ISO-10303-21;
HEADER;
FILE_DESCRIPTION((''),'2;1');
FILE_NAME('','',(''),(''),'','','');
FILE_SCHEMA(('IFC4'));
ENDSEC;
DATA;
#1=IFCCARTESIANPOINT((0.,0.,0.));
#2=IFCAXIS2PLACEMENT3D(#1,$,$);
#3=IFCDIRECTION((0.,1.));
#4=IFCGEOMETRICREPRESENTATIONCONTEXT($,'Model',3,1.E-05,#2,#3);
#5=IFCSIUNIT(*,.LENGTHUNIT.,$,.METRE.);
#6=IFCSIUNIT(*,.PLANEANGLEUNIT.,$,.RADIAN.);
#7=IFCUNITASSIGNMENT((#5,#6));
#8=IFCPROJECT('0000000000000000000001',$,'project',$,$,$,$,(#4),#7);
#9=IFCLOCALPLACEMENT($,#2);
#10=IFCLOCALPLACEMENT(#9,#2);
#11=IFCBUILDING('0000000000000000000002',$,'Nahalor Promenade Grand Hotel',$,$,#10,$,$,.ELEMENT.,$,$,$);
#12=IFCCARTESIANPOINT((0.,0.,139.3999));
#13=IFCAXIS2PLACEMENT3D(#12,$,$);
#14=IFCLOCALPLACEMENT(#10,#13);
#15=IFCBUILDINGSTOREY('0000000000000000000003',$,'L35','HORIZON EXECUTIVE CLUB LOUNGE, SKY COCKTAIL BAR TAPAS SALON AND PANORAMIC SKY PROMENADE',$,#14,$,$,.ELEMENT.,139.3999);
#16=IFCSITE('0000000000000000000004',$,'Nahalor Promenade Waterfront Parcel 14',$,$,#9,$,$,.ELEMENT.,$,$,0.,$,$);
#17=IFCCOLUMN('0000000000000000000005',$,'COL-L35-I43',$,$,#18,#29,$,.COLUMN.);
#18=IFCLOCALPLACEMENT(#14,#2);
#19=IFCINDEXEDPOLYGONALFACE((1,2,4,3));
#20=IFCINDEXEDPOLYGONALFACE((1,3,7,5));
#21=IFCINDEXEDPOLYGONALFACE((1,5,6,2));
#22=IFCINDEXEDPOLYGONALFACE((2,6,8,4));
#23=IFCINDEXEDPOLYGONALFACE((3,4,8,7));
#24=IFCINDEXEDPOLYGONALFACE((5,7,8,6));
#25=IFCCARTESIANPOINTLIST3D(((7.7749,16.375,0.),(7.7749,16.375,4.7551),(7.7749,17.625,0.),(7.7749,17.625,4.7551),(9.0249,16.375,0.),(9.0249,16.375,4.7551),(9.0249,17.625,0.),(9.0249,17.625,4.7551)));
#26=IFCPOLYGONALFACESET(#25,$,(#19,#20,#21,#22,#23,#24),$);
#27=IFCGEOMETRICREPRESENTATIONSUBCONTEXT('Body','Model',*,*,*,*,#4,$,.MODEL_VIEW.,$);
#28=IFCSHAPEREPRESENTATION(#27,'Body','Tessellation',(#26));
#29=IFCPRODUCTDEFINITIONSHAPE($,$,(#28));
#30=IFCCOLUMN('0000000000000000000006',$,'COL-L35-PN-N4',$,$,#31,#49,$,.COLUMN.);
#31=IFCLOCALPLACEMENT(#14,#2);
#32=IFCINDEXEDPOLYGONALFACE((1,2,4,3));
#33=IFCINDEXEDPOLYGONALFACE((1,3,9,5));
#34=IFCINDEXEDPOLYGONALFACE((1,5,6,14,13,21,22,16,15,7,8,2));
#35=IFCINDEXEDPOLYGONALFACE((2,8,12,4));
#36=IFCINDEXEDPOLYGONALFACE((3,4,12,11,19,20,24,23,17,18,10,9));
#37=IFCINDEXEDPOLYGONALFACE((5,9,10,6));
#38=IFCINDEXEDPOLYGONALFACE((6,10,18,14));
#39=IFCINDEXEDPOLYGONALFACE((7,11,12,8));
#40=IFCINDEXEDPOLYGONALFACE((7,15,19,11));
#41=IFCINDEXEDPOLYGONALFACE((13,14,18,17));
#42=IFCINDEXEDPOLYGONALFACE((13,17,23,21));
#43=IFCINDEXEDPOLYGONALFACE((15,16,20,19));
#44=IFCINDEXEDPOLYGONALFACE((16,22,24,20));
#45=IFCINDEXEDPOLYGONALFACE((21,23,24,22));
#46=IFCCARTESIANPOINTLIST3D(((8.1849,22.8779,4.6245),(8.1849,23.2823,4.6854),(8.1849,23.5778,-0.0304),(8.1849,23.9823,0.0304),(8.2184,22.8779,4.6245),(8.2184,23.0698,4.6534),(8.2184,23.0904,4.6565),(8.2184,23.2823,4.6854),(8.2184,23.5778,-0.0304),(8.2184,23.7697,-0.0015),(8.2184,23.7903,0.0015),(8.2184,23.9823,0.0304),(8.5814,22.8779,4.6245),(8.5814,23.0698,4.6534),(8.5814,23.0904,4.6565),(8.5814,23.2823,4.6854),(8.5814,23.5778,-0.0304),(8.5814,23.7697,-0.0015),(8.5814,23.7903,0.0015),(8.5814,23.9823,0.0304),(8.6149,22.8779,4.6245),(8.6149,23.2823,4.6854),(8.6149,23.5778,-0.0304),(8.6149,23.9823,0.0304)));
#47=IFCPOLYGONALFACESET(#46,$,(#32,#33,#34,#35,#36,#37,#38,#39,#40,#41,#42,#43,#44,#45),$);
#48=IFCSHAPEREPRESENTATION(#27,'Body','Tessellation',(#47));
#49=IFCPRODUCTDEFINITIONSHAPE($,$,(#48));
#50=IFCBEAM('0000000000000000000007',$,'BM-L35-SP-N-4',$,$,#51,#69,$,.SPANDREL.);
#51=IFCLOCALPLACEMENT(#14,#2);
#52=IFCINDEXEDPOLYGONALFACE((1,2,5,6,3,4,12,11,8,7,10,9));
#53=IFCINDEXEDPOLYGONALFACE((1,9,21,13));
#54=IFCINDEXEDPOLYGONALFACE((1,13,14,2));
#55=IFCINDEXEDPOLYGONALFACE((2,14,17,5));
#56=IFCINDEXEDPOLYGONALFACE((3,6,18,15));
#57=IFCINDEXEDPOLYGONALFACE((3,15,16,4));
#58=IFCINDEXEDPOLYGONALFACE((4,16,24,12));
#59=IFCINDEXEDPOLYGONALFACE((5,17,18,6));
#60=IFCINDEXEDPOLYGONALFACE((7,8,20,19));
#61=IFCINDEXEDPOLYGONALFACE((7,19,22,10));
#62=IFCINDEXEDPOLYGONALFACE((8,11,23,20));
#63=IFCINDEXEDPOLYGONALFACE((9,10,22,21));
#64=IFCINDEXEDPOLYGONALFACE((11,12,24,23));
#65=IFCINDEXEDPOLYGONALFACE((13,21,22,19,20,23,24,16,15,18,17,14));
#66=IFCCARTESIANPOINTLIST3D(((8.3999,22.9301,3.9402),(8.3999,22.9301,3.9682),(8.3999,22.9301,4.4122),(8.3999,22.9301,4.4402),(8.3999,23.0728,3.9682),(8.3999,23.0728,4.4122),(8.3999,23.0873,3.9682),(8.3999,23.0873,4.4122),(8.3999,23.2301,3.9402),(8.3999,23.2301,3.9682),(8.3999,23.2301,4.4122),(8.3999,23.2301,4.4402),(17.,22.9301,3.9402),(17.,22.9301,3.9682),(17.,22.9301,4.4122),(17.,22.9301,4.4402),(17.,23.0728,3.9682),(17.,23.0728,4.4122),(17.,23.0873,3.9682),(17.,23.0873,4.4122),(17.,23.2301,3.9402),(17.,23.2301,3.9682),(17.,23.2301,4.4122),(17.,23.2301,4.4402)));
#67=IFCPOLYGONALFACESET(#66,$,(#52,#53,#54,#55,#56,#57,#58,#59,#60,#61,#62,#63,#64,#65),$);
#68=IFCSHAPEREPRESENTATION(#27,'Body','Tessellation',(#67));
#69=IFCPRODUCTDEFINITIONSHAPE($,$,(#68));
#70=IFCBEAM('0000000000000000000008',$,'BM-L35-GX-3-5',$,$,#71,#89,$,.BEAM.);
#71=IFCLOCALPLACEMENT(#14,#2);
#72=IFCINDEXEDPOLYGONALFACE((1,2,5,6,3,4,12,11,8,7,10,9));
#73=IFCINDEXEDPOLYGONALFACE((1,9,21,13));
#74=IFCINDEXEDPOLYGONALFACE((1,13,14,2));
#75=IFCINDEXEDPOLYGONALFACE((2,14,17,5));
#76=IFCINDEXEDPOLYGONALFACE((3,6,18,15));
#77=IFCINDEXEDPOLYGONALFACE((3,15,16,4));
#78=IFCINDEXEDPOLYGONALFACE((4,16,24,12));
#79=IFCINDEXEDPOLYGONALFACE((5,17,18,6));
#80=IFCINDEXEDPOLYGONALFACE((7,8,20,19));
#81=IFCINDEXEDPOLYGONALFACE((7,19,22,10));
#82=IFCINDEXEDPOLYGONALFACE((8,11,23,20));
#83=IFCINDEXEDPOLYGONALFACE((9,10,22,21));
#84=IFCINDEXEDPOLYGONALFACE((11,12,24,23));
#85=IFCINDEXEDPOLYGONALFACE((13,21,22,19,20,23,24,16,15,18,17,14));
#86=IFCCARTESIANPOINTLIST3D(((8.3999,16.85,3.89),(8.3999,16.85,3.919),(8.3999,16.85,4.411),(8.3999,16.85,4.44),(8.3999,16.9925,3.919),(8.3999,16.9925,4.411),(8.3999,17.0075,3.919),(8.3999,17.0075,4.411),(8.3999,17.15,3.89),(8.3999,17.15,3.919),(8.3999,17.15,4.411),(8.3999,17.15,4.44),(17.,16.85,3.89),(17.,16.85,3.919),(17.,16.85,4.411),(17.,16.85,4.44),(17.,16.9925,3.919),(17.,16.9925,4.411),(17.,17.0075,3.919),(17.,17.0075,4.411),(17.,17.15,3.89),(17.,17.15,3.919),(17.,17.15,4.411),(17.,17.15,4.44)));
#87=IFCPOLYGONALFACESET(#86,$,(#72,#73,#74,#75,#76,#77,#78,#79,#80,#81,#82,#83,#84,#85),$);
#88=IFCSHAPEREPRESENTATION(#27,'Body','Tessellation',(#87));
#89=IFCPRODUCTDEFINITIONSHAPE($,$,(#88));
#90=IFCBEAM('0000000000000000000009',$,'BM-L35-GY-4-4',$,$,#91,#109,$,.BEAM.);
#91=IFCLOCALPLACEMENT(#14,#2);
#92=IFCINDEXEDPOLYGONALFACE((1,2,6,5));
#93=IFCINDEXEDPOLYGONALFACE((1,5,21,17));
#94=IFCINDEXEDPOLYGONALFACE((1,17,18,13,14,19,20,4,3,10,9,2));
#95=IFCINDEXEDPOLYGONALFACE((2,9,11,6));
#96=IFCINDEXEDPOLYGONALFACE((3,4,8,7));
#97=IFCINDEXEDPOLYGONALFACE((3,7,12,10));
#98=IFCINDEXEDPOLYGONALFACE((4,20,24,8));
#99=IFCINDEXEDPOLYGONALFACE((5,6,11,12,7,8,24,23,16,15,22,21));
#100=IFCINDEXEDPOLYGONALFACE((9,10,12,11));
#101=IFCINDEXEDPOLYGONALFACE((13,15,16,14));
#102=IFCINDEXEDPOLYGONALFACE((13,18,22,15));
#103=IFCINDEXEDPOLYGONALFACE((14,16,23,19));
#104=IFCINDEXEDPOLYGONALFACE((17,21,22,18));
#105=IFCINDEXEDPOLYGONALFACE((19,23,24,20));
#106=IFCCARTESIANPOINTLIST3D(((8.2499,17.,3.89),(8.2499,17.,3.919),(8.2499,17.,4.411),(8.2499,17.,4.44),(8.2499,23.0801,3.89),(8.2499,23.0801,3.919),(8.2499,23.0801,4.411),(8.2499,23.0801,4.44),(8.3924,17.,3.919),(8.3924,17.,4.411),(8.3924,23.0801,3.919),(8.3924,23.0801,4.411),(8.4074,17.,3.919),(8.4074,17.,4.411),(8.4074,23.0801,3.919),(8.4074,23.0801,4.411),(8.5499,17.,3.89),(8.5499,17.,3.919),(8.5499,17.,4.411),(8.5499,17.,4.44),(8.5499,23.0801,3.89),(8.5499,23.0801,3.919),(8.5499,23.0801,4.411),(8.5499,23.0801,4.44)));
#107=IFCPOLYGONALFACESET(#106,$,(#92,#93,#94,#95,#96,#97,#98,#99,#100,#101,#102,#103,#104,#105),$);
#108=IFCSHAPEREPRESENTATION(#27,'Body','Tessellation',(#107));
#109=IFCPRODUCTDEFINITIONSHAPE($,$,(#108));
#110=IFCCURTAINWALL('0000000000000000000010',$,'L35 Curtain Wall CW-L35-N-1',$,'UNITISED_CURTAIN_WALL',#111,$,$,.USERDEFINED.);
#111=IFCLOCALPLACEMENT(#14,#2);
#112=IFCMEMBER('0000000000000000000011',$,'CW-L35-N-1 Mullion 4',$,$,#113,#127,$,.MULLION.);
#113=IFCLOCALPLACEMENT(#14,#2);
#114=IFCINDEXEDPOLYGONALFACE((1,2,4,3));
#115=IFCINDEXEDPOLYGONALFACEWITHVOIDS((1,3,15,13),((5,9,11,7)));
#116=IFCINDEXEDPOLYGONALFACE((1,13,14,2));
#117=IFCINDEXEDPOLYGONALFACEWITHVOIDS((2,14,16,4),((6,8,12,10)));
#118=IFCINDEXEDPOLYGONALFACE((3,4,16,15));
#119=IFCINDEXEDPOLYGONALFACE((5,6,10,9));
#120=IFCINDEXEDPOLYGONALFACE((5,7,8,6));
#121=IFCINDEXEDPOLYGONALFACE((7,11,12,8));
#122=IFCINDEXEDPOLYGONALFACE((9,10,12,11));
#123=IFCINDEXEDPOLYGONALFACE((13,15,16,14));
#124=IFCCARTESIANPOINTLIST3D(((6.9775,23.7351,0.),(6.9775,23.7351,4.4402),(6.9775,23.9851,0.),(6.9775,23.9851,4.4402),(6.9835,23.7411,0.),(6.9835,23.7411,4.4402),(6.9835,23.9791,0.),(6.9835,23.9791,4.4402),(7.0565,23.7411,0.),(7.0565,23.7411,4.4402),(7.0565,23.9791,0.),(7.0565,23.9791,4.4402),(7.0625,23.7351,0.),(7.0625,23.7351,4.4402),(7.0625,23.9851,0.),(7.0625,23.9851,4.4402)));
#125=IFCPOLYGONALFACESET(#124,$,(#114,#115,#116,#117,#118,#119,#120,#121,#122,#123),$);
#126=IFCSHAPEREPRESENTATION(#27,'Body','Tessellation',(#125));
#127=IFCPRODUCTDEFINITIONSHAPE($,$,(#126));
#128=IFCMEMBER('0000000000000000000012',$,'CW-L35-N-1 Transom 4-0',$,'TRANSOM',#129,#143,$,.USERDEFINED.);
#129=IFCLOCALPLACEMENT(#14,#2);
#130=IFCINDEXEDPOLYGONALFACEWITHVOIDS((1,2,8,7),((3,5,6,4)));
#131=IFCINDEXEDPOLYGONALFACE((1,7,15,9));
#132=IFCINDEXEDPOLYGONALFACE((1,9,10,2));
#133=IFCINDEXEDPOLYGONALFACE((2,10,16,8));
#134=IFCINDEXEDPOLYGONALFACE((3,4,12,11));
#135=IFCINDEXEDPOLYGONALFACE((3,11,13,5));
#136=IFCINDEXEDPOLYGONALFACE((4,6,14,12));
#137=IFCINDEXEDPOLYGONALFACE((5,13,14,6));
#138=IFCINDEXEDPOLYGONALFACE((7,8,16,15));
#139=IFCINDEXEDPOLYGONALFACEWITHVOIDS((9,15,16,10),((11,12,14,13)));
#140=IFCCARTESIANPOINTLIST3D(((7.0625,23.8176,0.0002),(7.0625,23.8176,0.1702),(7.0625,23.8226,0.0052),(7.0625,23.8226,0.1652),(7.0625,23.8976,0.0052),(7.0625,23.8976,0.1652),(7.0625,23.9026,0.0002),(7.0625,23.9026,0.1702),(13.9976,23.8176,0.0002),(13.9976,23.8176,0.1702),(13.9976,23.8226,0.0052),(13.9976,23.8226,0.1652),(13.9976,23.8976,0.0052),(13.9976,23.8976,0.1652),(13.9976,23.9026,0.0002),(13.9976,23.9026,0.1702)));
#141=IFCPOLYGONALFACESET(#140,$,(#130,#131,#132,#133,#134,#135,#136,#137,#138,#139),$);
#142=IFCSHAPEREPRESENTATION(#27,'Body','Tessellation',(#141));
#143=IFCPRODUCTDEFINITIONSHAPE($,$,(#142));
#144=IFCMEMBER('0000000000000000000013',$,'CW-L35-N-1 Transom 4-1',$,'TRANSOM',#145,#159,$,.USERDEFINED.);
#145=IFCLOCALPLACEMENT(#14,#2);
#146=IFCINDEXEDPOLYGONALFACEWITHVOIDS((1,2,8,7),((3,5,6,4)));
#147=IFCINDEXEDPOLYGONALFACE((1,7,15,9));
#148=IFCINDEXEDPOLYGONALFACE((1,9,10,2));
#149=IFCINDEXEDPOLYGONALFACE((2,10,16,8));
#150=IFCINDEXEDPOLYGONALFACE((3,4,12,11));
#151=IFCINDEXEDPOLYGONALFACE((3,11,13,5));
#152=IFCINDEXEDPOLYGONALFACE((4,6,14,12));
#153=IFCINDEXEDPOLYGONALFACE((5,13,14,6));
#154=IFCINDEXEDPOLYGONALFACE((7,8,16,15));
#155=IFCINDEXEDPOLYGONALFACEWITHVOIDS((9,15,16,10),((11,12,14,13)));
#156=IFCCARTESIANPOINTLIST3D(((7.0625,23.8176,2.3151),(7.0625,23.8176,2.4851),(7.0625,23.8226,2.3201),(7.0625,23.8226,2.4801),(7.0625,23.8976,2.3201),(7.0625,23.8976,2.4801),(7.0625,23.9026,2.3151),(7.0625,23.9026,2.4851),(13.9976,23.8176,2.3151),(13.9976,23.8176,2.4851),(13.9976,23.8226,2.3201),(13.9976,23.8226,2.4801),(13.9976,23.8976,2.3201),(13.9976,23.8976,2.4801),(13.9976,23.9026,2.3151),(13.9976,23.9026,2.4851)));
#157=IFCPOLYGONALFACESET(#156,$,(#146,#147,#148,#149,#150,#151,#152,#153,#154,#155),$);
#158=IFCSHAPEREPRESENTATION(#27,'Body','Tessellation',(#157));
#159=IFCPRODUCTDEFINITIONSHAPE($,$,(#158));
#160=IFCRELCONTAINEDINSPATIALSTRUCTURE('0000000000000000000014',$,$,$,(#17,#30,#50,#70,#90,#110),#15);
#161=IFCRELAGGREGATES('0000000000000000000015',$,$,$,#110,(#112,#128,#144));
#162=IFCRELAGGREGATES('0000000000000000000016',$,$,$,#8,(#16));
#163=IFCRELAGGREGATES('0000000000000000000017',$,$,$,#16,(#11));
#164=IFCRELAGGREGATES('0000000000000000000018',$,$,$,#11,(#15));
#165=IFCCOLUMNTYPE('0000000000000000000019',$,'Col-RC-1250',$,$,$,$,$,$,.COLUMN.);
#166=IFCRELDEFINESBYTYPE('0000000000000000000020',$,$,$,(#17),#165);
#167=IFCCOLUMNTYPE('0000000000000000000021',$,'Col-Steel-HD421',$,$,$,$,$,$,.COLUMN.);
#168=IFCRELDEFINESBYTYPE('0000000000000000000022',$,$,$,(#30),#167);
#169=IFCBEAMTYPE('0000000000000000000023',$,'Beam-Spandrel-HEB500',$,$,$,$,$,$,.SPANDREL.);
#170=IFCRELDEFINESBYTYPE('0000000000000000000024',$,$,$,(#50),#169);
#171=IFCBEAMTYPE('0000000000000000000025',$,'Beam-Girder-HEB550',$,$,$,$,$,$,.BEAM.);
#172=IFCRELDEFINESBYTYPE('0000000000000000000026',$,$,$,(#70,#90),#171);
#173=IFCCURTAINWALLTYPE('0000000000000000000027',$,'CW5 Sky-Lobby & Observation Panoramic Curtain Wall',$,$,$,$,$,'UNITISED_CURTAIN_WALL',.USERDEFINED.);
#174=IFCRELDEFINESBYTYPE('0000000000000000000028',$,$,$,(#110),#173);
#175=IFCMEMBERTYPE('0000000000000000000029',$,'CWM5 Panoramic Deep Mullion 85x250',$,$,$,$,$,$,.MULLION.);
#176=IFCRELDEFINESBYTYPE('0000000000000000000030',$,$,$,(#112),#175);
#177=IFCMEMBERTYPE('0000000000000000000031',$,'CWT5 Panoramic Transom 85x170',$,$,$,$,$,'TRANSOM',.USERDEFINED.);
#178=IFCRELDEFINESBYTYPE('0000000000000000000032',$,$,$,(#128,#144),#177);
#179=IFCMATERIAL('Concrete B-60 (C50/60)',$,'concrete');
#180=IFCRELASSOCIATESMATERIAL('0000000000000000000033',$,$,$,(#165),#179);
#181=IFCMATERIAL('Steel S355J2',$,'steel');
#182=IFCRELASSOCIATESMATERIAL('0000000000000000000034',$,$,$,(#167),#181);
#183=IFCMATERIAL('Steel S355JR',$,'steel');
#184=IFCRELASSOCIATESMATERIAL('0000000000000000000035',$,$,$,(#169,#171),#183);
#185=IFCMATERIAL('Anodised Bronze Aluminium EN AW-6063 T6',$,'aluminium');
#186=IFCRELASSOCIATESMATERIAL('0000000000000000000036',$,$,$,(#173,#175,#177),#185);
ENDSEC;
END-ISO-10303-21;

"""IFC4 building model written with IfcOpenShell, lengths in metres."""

from ifc_helpers import new_model, si_unit, direction, frame, origin, origin_2d, place, context, subcontext, project, spatial, rectangle, hollow_rectangle, i_section, extrude, source, transform, mapped, material, material_profile, profile_set, type_object, element, aggregate, save


model = new_model("IFC4")

# Units and contexts
model_context = context("Model", 3, precision=1e-05, world=origin(), true_north=direction((0.0, 1.0)))
body_context = subcontext(model_context, "Body", "Model", "MODEL_VIEW")
ifc_project = project(units=[si_unit("LENGTHUNIT", "METRE"), si_unit("PLANEANGLEUNIT", "RADIAN")], contexts=[model_context])

# Site, building, storey
site_placement = place(None, origin())
site = spatial("IfcSite", under=ifc_project, at=site_placement, Name="Nahalor Promenade Waterfront Parcel 14", CompositionType="ELEMENT", RefElevation=0.0)
building_placement = place(site_placement, origin())
building = spatial("IfcBuilding", under=site, at=building_placement, Name="Nahalor Promenade Grand Hotel", CompositionType="ELEMENT")
storey_placement = place(building_placement, frame((0.0, 0.0, 139.3999)))
storey = spatial("IfcBuildingStorey", under=building, at=storey_placement, Name="L35", Description="HORIZON EXECUTIVE CLUB LOUNGE, SKY COCKTAIL BAR TAPAS SALON AND PANORAMIC SKY PROMENADE", CompositionType="ELEMENT", Elevation=139.3999)

# Columns
ifc_material_1 = material(Name="Concrete B-60 (C50/60)", Category="concrete")
ifc_material_profile_1 = material_profile(ifc_material_1, rectangle(XDim=1.25, YDim=1.25, at=origin_2d()), Name="RC 1250x1250")
ifc_profile_set_1 = profile_set([ifc_material_profile_1], Name="Concrete B-60 (C50/60)")
column_type_1 = type_object("IfcColumnType", Name="Col-RC-1250", PredefinedType="COLUMN", material=ifc_profile_set_1)
shared_shape_1 = source(origin(), body_context, "Body", "SweptSolid", [
    extrude(rectangle(XDim=1.25, YDim=1.25, at=origin_2d()), origin(), (0.0, 0.0, 1.0), 4.7551),
])
column_1_placement = place(storey_placement, frame((8.3999, 17.0, 0.0), z_axis=(0.0, 0.0, 1.0), x_axis=(1.0, 0.0, 0.0)))
element("IfcColumn", 1, at=column_1_placement, inside=storey, type_object=column_type_1, Name="COL-L35-I43", PredefinedType="COLUMN", context=body_context, shape_type="MappedRepresentation", body=[
    mapped(shared_shape_1, transform((0.0, 0.0, 0.0), scale=1.0)),
])
ifc_material_2 = material(Name="Steel S355J2", Category="steel")
ifc_material_profile_2 = material_profile(ifc_material_2, i_section(OverallWidth=0.409, OverallDepth=0.43, WebThickness=0.0208, FlangeThickness=0.0335, at=origin_2d()), Name="HD 400x421")
ifc_profile_set_2 = profile_set([ifc_material_profile_2], Name="Steel S355J2")
column_type_2 = type_object("IfcColumnType", Name="Col-Steel-HD421", PredefinedType="COLUMN", material=ifc_profile_set_2)
shared_shape_2 = source(origin(), body_context, "Body", "SweptSolid", [
    extrude(i_section(OverallWidth=0.409, OverallDepth=0.43, WebThickness=0.0208, FlangeThickness=0.0335, at=origin_2d()), origin(), (0.0, 0.0, 1.0), 4.7073),
])
column_2_placement = place(storey_placement, frame((8.3999, 23.78, 0.0), z_axis=(0.0, -0.148693, 0.988883), x_axis=(0.0, 0.988883, 0.148693)))
element("IfcColumn", 2, at=column_2_placement, inside=storey, type_object=column_type_2, Name="COL-L35-PN-N4", PredefinedType="COLUMN", context=body_context, shape_type="MappedRepresentation", body=[
    mapped(shared_shape_2, transform((0.0, 0.0, 0.0), scale=1.0)),
])

# Beams
ifc_material_3 = material(Name="Steel S355JR", Category="steel")
ifc_material_profile_3 = material_profile(ifc_material_3, i_section(OverallWidth=0.3, OverallDepth=0.5, WebThickness=0.0145, FlangeThickness=0.028, at=origin_2d()), Name="HEB 500")
ifc_profile_set_3 = profile_set([ifc_material_profile_3], Name="Steel S355JR")
beam_type_1 = type_object("IfcBeamType", Name="Beam-Spandrel-HEB500", PredefinedType="SPANDREL", material=ifc_profile_set_3)
shared_shape_3 = source(origin(), body_context, "Body", "SweptSolid", [
    extrude(i_section(OverallWidth=0.3, OverallDepth=0.5, WebThickness=0.0145, FlangeThickness=0.028, at=origin_2d()), origin(), (0.0, 0.0, 1.0), 8.6001),
])
beam_1_placement = place(storey_placement, frame((8.3999, 23.0801, 4.1902), z_axis=(1.0, 0.0, 0.0), x_axis=(0.0, 1.0, 0.0)))
element("IfcBeam", 3, at=beam_1_placement, inside=storey, type_object=beam_type_1, Name="BM-L35-SP-N-4", PredefinedType="SPANDREL", context=body_context, shape_type="MappedRepresentation", body=[
    mapped(shared_shape_3, transform((0.0, 0.0, 0.0), scale=1.0)),
])
ifc_material_profile_4 = material_profile(ifc_material_3, i_section(OverallWidth=0.3, OverallDepth=0.55, WebThickness=0.015, FlangeThickness=0.029, at=origin_2d()), Name="HEB 550")
ifc_profile_set_4 = profile_set([ifc_material_profile_4], Name="Steel S355JR")
beam_type_2 = type_object("IfcBeamType", Name="Beam-Girder-HEB550", PredefinedType="BEAM", material=ifc_profile_set_4)
shared_shape_4 = source(origin(), body_context, "Body", "SweptSolid", [
    extrude(i_section(OverallWidth=0.3, OverallDepth=0.55, WebThickness=0.015, FlangeThickness=0.029, at=origin_2d()), origin(), (0.0, 0.0, 1.0), 8.6001),
])
beam_2_placement = place(storey_placement, frame((8.3999, 17.0, 4.165), z_axis=(1.0, 0.0, 0.0), x_axis=(0.0, 1.0, 0.0)))
element("IfcBeam", 4, at=beam_2_placement, inside=storey, type_object=beam_type_2, Name="BM-L35-GX-3-5", PredefinedType="BEAM", context=body_context, shape_type="MappedRepresentation", body=[
    mapped(shared_shape_4, transform((0.0, 0.0, 0.0), scale=1.0)),
])
shared_shape_5 = source(origin(), body_context, "Body", "SweptSolid", [
    extrude(i_section(OverallWidth=0.3, OverallDepth=0.55, WebThickness=0.015, FlangeThickness=0.029, at=origin_2d()), origin(), (0.0, 0.0, 1.0), 6.0801),
])
beam_3_placement = place(storey_placement, frame((8.3999, 17.0, 4.165), z_axis=(0.0, 1.0, 0.0), x_axis=(-1.0, 0.0, 0.0)))
element("IfcBeam", 5, at=beam_3_placement, inside=storey, type_object=beam_type_2, Name="BM-L35-GY-4-4", PredefinedType="BEAM", context=body_context, shape_type="MappedRepresentation", body=[
    mapped(shared_shape_5, transform((0.0, 0.0, 0.0), scale=1.0)),
])

# Curtain wall, members
ifc_material_4 = material(Name="Anodised Bronze Aluminium EN AW-6063 T6", Category="aluminium")
curtain_wall_type = type_object("IfcCurtainWallType", Name="CW5 Sky-Lobby & Observation Panoramic Curtain Wall", ElementType="UNITISED_CURTAIN_WALL", PredefinedType="USERDEFINED", material=ifc_material_4)
curtain_wall_placement = place(storey_placement, origin())
curtain_wall = element("IfcCurtainWall", 6, at=curtain_wall_placement, inside=storey, type_object=curtain_wall_type, Name="L35 Curtain Wall CW-L35-N-1", ObjectType="UNITISED_CURTAIN_WALL", PredefinedType="USERDEFINED")
ifc_material_profile_5 = material_profile(ifc_material_4, hollow_rectangle(XDim=0.085, YDim=0.25, WallThickness=0.006, at=origin_2d()), Name="CWM 85x250x6")
ifc_profile_set_5 = profile_set([ifc_material_profile_5], Name="Anodised Bronze Aluminium EN AW-6063 T6")
member_type_1 = type_object("IfcMemberType", Name="CWM5 Panoramic Deep Mullion 85x250", PredefinedType="MULLION", material=ifc_profile_set_5)
shared_shape_6 = source(origin(), body_context, "Body", "SweptSolid", [
    extrude(hollow_rectangle(XDim=0.085, YDim=0.25, WallThickness=0.006, at=origin_2d()), origin(), (0.0, 0.0, 1.0), 4.4402),
])
member_1_placement = place(storey_placement, frame((7.02, 23.8601, 0.0), z_axis=(0.0, 0.0, 1.0), x_axis=(1.0, 0.0, 0.0)))
member_1 = element("IfcMember", 7, at=member_1_placement, type_object=member_type_1, Name="CW-L35-N-1 Mullion 4", PredefinedType="MULLION", context=body_context, shape_type="MappedRepresentation", body=[
    mapped(shared_shape_6, transform((0.0, 0.0, 0.0), scale=1.0)),
])
ifc_material_profile_6 = material_profile(ifc_material_4, hollow_rectangle(XDim=0.085, YDim=0.17, WallThickness=0.005, at=origin_2d()), Name="CWT 85x170x5")
ifc_profile_set_6 = profile_set([ifc_material_profile_6], Name="Anodised Bronze Aluminium EN AW-6063 T6")
member_type_2 = type_object("IfcMemberType", Name="CWT5 Panoramic Transom 85x170", ElementType="TRANSOM", PredefinedType="USERDEFINED", material=ifc_profile_set_6)
shared_shape_7 = source(origin(), body_context, "Body", "SweptSolid", [
    extrude(hollow_rectangle(XDim=0.085, YDim=0.17, WallThickness=0.005, at=origin_2d()), origin(), (0.0, 0.0, 1.0), 6.9351),
])
member_2_placement = place(storey_placement, frame((7.0625, 23.8601, 0.0852), z_axis=(1.0, 0.0, 0.0), x_axis=(0.0, 1.0, 0.0)))
member_2 = element("IfcMember", 8, at=member_2_placement, type_object=member_type_2, Name="CW-L35-N-1 Transom 4-0", ObjectType="TRANSOM", PredefinedType="USERDEFINED", context=body_context, shape_type="MappedRepresentation", body=[
    mapped(shared_shape_7, transform((0.0, 0.0, 0.0), scale=1.0)),
])
member_3_placement = place(storey_placement, frame((7.0625, 23.8601, 2.4001), z_axis=(1.0, 0.0, 0.0), x_axis=(0.0, 1.0, 0.0)))
member_3 = element("IfcMember", 9, at=member_3_placement, type_object=member_type_2, Name="CW-L35-N-1 Transom 4-1", ObjectType="TRANSOM", PredefinedType="USERDEFINED", context=body_context, shape_type="MappedRepresentation", body=[
    mapped(shared_shape_7, transform((0.0, 0.0, 0.0), scale=1.0)),
])
aggregate(curtain_wall, [member_1, member_2, member_3])

save(model, "model.ifc")
